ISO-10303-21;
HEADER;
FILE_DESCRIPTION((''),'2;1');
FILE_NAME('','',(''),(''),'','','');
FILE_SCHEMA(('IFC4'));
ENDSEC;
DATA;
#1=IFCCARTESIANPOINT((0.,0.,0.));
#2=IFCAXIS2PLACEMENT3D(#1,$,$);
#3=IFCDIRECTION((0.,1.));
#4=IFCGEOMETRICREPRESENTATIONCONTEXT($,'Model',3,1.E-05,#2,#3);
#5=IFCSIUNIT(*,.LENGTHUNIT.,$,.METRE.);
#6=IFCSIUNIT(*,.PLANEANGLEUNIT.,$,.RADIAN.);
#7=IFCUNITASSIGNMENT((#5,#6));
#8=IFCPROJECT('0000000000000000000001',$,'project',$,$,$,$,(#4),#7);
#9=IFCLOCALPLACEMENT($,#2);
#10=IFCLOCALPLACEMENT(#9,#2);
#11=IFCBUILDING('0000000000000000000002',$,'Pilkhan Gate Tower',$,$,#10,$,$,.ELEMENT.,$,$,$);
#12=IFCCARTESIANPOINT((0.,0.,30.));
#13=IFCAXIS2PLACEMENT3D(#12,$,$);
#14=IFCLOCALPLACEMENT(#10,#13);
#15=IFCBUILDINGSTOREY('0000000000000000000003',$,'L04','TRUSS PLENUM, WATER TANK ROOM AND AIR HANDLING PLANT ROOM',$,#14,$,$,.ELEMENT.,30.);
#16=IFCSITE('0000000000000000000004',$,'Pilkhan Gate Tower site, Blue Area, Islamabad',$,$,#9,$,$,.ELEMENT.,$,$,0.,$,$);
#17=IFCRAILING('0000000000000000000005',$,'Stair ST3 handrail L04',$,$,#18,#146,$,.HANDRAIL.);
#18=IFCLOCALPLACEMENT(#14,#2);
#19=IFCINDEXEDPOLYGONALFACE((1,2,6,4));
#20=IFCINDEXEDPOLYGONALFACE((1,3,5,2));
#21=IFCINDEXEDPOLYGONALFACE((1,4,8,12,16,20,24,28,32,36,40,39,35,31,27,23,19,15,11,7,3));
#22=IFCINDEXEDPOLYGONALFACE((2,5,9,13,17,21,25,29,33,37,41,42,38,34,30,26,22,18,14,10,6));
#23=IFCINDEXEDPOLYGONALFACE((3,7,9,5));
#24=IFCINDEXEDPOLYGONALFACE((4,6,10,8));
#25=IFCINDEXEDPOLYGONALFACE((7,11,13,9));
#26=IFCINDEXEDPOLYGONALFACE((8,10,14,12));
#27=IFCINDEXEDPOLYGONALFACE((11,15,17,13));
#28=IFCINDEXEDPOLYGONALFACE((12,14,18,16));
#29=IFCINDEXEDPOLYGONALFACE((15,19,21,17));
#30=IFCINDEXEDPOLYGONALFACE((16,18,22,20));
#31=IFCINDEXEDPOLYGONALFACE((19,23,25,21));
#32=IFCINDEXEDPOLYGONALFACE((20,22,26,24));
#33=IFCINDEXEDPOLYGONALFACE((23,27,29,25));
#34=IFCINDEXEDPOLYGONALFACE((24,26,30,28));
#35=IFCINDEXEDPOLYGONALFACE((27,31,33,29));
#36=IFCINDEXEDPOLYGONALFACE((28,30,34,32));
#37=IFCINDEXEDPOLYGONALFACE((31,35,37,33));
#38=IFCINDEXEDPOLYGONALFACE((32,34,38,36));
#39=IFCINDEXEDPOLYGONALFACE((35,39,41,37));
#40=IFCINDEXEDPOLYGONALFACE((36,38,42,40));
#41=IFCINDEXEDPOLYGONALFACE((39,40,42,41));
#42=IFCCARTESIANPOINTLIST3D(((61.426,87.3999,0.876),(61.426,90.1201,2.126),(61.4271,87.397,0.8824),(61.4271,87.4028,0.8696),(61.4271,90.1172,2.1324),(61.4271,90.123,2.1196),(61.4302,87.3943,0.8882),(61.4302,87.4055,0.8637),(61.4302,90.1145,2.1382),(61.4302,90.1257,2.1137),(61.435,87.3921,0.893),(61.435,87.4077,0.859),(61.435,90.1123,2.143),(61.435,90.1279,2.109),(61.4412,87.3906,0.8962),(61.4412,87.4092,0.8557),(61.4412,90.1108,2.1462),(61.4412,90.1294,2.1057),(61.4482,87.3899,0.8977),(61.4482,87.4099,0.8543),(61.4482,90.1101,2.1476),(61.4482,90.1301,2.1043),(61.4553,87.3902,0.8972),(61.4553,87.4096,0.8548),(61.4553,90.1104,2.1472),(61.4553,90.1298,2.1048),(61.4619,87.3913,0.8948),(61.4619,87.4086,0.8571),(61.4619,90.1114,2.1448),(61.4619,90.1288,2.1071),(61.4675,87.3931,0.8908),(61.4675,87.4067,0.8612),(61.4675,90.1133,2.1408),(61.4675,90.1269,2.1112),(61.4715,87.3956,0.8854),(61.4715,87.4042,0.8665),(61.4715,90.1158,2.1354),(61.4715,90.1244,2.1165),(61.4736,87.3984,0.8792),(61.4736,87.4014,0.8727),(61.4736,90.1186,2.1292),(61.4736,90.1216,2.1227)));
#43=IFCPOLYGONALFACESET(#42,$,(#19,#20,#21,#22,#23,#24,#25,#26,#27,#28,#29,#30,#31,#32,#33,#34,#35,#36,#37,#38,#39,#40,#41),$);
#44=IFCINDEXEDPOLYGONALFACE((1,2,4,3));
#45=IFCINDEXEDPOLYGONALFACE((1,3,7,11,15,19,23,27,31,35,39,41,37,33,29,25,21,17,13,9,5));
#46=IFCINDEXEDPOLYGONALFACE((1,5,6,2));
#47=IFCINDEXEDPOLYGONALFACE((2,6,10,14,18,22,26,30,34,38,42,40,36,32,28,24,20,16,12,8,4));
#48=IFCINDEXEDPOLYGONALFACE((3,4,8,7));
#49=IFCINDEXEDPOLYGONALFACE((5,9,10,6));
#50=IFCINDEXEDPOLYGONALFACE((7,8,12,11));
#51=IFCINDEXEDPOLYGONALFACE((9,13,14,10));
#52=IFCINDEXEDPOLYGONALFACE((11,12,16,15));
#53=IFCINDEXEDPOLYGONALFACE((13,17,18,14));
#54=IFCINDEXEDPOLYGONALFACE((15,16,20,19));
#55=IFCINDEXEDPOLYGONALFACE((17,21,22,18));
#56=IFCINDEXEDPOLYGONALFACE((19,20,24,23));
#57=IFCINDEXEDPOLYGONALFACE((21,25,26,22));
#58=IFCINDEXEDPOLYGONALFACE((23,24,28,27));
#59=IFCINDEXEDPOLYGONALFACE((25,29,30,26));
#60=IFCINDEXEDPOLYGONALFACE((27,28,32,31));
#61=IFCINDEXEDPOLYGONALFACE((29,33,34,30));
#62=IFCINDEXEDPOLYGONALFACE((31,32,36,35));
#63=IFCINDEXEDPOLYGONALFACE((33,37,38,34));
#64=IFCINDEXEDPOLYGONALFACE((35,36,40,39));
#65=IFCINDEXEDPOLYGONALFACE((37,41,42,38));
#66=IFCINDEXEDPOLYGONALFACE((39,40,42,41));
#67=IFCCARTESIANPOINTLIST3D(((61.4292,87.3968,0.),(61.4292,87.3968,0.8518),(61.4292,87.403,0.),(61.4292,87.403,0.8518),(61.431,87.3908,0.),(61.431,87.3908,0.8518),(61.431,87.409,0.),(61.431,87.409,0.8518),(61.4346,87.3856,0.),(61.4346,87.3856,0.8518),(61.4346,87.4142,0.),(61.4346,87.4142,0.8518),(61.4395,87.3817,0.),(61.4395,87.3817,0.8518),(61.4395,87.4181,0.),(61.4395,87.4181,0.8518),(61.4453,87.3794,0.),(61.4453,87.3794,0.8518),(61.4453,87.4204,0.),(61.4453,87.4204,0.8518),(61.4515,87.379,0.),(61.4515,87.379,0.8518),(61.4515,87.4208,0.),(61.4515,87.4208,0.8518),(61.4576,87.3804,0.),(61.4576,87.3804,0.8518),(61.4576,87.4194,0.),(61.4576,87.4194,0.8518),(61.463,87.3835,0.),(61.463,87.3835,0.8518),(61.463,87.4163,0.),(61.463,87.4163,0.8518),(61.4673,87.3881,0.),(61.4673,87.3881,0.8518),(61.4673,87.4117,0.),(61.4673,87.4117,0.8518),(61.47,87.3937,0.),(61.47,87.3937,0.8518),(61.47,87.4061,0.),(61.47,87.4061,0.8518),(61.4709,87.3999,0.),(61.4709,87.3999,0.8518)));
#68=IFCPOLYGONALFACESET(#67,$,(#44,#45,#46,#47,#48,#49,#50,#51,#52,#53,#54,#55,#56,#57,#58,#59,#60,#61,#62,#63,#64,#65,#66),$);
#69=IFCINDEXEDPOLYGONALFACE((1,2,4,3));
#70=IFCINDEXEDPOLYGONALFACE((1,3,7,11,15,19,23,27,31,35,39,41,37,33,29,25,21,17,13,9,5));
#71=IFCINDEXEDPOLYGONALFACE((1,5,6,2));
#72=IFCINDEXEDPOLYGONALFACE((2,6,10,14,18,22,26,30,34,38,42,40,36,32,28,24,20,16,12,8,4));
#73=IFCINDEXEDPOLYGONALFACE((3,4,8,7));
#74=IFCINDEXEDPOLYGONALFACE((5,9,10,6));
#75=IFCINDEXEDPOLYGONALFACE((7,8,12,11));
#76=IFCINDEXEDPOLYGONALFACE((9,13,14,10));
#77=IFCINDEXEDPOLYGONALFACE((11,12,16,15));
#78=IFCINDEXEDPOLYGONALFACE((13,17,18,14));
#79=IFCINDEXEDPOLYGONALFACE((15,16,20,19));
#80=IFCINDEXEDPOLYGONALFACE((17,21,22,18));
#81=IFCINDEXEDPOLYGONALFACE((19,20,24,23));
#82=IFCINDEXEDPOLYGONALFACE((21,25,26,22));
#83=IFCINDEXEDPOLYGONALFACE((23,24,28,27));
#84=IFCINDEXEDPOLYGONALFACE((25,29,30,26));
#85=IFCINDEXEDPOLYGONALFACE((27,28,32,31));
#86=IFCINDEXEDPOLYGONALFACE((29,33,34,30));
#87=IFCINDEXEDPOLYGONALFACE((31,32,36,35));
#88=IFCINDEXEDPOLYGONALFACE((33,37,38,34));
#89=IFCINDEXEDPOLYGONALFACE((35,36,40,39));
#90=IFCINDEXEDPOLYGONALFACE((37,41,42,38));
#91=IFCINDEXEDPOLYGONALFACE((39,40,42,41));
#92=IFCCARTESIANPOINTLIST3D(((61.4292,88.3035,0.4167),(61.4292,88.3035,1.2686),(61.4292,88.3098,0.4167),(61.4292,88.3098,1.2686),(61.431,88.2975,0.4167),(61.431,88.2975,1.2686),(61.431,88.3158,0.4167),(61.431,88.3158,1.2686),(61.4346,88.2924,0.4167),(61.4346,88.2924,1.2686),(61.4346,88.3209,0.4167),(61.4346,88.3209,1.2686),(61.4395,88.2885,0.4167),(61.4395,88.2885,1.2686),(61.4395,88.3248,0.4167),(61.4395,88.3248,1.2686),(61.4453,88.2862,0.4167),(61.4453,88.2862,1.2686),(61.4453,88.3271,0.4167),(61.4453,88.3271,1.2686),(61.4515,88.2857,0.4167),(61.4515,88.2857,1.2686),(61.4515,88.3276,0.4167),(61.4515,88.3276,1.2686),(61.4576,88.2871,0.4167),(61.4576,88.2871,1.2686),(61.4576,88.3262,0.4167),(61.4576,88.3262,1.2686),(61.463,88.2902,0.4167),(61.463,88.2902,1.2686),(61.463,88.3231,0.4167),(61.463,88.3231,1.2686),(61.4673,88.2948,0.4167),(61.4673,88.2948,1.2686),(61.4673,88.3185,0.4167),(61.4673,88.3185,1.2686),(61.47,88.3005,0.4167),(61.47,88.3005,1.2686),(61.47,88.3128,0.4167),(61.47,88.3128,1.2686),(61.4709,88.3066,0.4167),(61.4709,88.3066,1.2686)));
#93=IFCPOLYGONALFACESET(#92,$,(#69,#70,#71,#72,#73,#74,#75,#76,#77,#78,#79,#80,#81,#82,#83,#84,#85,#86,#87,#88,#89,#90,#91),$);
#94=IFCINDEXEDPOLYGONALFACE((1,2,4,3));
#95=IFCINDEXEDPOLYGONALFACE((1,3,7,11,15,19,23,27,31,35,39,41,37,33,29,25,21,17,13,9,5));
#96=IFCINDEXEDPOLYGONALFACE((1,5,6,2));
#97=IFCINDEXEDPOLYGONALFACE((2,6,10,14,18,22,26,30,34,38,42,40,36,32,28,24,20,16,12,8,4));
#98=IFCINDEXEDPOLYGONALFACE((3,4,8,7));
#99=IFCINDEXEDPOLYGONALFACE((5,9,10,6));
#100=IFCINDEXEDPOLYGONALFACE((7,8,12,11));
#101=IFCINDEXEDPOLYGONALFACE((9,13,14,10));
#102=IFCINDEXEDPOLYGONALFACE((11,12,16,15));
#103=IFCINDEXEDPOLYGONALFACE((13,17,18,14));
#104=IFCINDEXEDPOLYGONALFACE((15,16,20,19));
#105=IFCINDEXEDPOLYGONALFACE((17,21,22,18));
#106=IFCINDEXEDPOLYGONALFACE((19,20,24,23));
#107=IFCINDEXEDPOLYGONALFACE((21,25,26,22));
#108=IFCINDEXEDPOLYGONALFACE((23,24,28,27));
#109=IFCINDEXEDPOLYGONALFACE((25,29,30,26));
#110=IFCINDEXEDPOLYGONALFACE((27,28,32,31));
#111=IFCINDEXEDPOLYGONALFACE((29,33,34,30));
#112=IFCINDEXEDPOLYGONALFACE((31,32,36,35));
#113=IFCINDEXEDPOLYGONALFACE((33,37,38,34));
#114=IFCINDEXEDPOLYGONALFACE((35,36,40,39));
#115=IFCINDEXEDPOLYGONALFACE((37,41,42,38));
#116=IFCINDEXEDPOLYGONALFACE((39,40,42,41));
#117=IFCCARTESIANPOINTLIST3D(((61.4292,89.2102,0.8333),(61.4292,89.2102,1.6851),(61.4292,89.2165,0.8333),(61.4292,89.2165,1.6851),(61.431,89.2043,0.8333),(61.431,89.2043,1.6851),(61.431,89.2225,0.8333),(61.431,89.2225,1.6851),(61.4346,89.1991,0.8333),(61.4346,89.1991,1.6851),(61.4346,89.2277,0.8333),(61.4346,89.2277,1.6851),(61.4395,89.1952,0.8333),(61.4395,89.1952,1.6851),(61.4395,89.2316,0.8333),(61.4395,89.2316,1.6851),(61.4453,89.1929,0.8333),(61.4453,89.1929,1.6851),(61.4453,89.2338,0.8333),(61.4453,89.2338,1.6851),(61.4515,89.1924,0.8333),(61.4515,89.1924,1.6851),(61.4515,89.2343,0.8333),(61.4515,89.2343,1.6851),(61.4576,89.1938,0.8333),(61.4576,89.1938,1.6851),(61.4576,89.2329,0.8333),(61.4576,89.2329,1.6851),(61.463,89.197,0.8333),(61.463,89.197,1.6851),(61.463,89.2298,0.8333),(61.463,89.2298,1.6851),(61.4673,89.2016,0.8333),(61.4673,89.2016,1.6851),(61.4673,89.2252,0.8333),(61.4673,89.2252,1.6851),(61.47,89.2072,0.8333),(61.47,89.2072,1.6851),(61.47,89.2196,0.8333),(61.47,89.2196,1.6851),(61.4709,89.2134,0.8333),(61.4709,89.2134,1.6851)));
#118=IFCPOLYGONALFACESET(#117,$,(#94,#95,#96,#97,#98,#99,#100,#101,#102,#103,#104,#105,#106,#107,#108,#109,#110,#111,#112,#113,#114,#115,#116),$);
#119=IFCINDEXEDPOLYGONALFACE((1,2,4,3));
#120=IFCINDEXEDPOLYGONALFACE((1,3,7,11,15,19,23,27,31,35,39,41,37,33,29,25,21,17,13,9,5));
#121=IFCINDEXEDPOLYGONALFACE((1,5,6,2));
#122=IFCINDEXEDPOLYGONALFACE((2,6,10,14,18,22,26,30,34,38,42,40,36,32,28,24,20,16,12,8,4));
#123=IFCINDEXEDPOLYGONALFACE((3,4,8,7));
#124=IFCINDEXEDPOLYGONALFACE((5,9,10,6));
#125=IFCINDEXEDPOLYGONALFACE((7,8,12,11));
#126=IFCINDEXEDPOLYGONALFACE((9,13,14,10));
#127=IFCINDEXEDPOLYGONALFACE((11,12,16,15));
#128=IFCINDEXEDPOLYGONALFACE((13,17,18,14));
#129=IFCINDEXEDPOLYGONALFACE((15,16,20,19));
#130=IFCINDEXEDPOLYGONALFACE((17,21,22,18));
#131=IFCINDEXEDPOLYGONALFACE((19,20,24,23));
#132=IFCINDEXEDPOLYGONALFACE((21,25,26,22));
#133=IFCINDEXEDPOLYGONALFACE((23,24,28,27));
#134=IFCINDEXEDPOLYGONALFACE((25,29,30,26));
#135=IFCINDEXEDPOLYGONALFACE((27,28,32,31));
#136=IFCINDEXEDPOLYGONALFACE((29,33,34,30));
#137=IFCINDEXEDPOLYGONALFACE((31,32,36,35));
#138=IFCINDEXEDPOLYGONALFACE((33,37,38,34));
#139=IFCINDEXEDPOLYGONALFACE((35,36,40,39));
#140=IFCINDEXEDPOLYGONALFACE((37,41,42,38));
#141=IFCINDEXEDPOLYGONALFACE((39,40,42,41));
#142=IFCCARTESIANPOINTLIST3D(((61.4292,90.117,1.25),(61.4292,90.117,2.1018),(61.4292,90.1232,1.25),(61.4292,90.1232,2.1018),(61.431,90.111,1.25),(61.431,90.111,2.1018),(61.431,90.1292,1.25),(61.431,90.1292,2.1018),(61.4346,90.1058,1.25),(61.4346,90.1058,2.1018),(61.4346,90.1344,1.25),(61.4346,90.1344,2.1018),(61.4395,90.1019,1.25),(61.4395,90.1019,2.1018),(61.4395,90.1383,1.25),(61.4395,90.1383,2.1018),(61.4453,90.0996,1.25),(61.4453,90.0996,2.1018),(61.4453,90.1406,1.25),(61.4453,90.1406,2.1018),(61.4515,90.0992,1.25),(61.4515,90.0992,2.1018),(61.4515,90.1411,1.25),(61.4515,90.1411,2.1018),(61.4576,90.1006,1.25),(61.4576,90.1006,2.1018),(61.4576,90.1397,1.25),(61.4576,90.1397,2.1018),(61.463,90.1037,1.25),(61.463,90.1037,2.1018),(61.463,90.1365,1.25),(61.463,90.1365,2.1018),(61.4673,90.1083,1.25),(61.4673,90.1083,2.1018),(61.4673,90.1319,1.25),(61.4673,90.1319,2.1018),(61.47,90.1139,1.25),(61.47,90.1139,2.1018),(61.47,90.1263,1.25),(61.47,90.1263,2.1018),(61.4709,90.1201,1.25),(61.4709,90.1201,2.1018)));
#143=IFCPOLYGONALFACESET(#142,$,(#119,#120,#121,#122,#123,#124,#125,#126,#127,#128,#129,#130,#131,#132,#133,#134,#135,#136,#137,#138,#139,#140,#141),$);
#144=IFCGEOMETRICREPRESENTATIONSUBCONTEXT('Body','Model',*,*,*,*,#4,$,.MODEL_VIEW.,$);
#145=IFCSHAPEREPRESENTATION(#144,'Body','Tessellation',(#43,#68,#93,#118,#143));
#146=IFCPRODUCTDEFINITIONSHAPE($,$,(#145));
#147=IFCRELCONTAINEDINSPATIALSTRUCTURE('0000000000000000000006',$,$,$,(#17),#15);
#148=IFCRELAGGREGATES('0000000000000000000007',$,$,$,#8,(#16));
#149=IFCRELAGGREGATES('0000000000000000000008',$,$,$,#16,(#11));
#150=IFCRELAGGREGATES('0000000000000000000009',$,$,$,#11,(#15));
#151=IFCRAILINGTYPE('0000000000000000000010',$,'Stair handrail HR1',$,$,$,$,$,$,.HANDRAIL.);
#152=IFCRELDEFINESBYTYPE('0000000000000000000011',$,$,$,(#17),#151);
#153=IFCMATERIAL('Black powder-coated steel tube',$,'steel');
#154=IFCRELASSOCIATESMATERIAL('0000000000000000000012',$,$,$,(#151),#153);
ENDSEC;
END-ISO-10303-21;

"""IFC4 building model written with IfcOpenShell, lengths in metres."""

from ifc_helpers import new_model, si_unit, direction, frame, origin, origin_2d, place, context, subcontext, project, spatial, circle, extrude, material, type_object, element, save


model = new_model("IFC4")

# Units and contexts
model_context = context("Model", 3, precision=1e-05, world=origin(), true_north=direction((0.0, 1.0)))
body_context = subcontext(model_context, "Body", "Model", "MODEL_VIEW")
ifc_project = project(units=[si_unit("LENGTHUNIT", "METRE"), si_unit("PLANEANGLEUNIT", "RADIAN")], contexts=[model_context])

# Site, building, storey
site_placement = place(None, origin())
site = spatial("IfcSite", under=ifc_project, at=site_placement, Name="Pilkhan Gate Tower site, Blue Area, Islamabad", CompositionType="ELEMENT", RefElevation=0.0)
building_placement = place(site_placement, origin())
building = spatial("IfcBuilding", under=site, at=building_placement, Name="Pilkhan Gate Tower", CompositionType="ELEMENT")
storey_placement = place(building_placement, frame((0.0, 0.0, 30.0)))
storey = spatial("IfcBuildingStorey", under=building, at=storey_placement, Name="L04", Description="TRUSS PLENUM, WATER TANK ROOM AND AIR HANDLING PLANT ROOM", CompositionType="ELEMENT", Elevation=30.0)

# Railing
ifc_material_1 = material(Name="Black powder-coated steel tube", Category="steel")
railing_type_1 = type_object("IfcRailingType", Name="Stair handrail HR1", PredefinedType="HANDRAIL", material=ifc_material_1)
railing_1_placement = place(storey_placement, frame((61.45, 87.3999, 0.0)))
element("IfcRailing", 1, at=railing_1_placement, inside=storey, type_object=railing_type_1, Name="Stair ST3 handrail L04", PredefinedType="HANDRAIL", context=body_context, shape_type="SweptSolid", body=[
    extrude(circle(Radius=0.0239, at=origin_2d()), frame((0.0, 0.0, 0.876), z_axis=(0.0, 0.908655, 0.417547), x_axis=(-1.0, 0.0, 0.0)), (0.0, 0.0, 1.0), 2.9937),
    extrude(circle(Radius=0.021, at=origin_2d()), origin(), (0.0, 0.0, 1.0), 0.8518),
    extrude(circle(Radius=0.021, at=origin_2d()), frame((0.0, 0.9067, 0.4167)), (0.0, 0.0, 1.0), 0.8518),
    extrude(circle(Radius=0.021, at=origin_2d()), frame((0.0, 1.8135, 0.8333)), (0.0, 0.0, 1.0), 0.8518),
    extrude(circle(Radius=0.021, at=origin_2d()), frame((0.0, 2.7202, 1.25)), (0.0, 0.0, 1.0), 0.8518),
])

save(model, "model.ifc")
